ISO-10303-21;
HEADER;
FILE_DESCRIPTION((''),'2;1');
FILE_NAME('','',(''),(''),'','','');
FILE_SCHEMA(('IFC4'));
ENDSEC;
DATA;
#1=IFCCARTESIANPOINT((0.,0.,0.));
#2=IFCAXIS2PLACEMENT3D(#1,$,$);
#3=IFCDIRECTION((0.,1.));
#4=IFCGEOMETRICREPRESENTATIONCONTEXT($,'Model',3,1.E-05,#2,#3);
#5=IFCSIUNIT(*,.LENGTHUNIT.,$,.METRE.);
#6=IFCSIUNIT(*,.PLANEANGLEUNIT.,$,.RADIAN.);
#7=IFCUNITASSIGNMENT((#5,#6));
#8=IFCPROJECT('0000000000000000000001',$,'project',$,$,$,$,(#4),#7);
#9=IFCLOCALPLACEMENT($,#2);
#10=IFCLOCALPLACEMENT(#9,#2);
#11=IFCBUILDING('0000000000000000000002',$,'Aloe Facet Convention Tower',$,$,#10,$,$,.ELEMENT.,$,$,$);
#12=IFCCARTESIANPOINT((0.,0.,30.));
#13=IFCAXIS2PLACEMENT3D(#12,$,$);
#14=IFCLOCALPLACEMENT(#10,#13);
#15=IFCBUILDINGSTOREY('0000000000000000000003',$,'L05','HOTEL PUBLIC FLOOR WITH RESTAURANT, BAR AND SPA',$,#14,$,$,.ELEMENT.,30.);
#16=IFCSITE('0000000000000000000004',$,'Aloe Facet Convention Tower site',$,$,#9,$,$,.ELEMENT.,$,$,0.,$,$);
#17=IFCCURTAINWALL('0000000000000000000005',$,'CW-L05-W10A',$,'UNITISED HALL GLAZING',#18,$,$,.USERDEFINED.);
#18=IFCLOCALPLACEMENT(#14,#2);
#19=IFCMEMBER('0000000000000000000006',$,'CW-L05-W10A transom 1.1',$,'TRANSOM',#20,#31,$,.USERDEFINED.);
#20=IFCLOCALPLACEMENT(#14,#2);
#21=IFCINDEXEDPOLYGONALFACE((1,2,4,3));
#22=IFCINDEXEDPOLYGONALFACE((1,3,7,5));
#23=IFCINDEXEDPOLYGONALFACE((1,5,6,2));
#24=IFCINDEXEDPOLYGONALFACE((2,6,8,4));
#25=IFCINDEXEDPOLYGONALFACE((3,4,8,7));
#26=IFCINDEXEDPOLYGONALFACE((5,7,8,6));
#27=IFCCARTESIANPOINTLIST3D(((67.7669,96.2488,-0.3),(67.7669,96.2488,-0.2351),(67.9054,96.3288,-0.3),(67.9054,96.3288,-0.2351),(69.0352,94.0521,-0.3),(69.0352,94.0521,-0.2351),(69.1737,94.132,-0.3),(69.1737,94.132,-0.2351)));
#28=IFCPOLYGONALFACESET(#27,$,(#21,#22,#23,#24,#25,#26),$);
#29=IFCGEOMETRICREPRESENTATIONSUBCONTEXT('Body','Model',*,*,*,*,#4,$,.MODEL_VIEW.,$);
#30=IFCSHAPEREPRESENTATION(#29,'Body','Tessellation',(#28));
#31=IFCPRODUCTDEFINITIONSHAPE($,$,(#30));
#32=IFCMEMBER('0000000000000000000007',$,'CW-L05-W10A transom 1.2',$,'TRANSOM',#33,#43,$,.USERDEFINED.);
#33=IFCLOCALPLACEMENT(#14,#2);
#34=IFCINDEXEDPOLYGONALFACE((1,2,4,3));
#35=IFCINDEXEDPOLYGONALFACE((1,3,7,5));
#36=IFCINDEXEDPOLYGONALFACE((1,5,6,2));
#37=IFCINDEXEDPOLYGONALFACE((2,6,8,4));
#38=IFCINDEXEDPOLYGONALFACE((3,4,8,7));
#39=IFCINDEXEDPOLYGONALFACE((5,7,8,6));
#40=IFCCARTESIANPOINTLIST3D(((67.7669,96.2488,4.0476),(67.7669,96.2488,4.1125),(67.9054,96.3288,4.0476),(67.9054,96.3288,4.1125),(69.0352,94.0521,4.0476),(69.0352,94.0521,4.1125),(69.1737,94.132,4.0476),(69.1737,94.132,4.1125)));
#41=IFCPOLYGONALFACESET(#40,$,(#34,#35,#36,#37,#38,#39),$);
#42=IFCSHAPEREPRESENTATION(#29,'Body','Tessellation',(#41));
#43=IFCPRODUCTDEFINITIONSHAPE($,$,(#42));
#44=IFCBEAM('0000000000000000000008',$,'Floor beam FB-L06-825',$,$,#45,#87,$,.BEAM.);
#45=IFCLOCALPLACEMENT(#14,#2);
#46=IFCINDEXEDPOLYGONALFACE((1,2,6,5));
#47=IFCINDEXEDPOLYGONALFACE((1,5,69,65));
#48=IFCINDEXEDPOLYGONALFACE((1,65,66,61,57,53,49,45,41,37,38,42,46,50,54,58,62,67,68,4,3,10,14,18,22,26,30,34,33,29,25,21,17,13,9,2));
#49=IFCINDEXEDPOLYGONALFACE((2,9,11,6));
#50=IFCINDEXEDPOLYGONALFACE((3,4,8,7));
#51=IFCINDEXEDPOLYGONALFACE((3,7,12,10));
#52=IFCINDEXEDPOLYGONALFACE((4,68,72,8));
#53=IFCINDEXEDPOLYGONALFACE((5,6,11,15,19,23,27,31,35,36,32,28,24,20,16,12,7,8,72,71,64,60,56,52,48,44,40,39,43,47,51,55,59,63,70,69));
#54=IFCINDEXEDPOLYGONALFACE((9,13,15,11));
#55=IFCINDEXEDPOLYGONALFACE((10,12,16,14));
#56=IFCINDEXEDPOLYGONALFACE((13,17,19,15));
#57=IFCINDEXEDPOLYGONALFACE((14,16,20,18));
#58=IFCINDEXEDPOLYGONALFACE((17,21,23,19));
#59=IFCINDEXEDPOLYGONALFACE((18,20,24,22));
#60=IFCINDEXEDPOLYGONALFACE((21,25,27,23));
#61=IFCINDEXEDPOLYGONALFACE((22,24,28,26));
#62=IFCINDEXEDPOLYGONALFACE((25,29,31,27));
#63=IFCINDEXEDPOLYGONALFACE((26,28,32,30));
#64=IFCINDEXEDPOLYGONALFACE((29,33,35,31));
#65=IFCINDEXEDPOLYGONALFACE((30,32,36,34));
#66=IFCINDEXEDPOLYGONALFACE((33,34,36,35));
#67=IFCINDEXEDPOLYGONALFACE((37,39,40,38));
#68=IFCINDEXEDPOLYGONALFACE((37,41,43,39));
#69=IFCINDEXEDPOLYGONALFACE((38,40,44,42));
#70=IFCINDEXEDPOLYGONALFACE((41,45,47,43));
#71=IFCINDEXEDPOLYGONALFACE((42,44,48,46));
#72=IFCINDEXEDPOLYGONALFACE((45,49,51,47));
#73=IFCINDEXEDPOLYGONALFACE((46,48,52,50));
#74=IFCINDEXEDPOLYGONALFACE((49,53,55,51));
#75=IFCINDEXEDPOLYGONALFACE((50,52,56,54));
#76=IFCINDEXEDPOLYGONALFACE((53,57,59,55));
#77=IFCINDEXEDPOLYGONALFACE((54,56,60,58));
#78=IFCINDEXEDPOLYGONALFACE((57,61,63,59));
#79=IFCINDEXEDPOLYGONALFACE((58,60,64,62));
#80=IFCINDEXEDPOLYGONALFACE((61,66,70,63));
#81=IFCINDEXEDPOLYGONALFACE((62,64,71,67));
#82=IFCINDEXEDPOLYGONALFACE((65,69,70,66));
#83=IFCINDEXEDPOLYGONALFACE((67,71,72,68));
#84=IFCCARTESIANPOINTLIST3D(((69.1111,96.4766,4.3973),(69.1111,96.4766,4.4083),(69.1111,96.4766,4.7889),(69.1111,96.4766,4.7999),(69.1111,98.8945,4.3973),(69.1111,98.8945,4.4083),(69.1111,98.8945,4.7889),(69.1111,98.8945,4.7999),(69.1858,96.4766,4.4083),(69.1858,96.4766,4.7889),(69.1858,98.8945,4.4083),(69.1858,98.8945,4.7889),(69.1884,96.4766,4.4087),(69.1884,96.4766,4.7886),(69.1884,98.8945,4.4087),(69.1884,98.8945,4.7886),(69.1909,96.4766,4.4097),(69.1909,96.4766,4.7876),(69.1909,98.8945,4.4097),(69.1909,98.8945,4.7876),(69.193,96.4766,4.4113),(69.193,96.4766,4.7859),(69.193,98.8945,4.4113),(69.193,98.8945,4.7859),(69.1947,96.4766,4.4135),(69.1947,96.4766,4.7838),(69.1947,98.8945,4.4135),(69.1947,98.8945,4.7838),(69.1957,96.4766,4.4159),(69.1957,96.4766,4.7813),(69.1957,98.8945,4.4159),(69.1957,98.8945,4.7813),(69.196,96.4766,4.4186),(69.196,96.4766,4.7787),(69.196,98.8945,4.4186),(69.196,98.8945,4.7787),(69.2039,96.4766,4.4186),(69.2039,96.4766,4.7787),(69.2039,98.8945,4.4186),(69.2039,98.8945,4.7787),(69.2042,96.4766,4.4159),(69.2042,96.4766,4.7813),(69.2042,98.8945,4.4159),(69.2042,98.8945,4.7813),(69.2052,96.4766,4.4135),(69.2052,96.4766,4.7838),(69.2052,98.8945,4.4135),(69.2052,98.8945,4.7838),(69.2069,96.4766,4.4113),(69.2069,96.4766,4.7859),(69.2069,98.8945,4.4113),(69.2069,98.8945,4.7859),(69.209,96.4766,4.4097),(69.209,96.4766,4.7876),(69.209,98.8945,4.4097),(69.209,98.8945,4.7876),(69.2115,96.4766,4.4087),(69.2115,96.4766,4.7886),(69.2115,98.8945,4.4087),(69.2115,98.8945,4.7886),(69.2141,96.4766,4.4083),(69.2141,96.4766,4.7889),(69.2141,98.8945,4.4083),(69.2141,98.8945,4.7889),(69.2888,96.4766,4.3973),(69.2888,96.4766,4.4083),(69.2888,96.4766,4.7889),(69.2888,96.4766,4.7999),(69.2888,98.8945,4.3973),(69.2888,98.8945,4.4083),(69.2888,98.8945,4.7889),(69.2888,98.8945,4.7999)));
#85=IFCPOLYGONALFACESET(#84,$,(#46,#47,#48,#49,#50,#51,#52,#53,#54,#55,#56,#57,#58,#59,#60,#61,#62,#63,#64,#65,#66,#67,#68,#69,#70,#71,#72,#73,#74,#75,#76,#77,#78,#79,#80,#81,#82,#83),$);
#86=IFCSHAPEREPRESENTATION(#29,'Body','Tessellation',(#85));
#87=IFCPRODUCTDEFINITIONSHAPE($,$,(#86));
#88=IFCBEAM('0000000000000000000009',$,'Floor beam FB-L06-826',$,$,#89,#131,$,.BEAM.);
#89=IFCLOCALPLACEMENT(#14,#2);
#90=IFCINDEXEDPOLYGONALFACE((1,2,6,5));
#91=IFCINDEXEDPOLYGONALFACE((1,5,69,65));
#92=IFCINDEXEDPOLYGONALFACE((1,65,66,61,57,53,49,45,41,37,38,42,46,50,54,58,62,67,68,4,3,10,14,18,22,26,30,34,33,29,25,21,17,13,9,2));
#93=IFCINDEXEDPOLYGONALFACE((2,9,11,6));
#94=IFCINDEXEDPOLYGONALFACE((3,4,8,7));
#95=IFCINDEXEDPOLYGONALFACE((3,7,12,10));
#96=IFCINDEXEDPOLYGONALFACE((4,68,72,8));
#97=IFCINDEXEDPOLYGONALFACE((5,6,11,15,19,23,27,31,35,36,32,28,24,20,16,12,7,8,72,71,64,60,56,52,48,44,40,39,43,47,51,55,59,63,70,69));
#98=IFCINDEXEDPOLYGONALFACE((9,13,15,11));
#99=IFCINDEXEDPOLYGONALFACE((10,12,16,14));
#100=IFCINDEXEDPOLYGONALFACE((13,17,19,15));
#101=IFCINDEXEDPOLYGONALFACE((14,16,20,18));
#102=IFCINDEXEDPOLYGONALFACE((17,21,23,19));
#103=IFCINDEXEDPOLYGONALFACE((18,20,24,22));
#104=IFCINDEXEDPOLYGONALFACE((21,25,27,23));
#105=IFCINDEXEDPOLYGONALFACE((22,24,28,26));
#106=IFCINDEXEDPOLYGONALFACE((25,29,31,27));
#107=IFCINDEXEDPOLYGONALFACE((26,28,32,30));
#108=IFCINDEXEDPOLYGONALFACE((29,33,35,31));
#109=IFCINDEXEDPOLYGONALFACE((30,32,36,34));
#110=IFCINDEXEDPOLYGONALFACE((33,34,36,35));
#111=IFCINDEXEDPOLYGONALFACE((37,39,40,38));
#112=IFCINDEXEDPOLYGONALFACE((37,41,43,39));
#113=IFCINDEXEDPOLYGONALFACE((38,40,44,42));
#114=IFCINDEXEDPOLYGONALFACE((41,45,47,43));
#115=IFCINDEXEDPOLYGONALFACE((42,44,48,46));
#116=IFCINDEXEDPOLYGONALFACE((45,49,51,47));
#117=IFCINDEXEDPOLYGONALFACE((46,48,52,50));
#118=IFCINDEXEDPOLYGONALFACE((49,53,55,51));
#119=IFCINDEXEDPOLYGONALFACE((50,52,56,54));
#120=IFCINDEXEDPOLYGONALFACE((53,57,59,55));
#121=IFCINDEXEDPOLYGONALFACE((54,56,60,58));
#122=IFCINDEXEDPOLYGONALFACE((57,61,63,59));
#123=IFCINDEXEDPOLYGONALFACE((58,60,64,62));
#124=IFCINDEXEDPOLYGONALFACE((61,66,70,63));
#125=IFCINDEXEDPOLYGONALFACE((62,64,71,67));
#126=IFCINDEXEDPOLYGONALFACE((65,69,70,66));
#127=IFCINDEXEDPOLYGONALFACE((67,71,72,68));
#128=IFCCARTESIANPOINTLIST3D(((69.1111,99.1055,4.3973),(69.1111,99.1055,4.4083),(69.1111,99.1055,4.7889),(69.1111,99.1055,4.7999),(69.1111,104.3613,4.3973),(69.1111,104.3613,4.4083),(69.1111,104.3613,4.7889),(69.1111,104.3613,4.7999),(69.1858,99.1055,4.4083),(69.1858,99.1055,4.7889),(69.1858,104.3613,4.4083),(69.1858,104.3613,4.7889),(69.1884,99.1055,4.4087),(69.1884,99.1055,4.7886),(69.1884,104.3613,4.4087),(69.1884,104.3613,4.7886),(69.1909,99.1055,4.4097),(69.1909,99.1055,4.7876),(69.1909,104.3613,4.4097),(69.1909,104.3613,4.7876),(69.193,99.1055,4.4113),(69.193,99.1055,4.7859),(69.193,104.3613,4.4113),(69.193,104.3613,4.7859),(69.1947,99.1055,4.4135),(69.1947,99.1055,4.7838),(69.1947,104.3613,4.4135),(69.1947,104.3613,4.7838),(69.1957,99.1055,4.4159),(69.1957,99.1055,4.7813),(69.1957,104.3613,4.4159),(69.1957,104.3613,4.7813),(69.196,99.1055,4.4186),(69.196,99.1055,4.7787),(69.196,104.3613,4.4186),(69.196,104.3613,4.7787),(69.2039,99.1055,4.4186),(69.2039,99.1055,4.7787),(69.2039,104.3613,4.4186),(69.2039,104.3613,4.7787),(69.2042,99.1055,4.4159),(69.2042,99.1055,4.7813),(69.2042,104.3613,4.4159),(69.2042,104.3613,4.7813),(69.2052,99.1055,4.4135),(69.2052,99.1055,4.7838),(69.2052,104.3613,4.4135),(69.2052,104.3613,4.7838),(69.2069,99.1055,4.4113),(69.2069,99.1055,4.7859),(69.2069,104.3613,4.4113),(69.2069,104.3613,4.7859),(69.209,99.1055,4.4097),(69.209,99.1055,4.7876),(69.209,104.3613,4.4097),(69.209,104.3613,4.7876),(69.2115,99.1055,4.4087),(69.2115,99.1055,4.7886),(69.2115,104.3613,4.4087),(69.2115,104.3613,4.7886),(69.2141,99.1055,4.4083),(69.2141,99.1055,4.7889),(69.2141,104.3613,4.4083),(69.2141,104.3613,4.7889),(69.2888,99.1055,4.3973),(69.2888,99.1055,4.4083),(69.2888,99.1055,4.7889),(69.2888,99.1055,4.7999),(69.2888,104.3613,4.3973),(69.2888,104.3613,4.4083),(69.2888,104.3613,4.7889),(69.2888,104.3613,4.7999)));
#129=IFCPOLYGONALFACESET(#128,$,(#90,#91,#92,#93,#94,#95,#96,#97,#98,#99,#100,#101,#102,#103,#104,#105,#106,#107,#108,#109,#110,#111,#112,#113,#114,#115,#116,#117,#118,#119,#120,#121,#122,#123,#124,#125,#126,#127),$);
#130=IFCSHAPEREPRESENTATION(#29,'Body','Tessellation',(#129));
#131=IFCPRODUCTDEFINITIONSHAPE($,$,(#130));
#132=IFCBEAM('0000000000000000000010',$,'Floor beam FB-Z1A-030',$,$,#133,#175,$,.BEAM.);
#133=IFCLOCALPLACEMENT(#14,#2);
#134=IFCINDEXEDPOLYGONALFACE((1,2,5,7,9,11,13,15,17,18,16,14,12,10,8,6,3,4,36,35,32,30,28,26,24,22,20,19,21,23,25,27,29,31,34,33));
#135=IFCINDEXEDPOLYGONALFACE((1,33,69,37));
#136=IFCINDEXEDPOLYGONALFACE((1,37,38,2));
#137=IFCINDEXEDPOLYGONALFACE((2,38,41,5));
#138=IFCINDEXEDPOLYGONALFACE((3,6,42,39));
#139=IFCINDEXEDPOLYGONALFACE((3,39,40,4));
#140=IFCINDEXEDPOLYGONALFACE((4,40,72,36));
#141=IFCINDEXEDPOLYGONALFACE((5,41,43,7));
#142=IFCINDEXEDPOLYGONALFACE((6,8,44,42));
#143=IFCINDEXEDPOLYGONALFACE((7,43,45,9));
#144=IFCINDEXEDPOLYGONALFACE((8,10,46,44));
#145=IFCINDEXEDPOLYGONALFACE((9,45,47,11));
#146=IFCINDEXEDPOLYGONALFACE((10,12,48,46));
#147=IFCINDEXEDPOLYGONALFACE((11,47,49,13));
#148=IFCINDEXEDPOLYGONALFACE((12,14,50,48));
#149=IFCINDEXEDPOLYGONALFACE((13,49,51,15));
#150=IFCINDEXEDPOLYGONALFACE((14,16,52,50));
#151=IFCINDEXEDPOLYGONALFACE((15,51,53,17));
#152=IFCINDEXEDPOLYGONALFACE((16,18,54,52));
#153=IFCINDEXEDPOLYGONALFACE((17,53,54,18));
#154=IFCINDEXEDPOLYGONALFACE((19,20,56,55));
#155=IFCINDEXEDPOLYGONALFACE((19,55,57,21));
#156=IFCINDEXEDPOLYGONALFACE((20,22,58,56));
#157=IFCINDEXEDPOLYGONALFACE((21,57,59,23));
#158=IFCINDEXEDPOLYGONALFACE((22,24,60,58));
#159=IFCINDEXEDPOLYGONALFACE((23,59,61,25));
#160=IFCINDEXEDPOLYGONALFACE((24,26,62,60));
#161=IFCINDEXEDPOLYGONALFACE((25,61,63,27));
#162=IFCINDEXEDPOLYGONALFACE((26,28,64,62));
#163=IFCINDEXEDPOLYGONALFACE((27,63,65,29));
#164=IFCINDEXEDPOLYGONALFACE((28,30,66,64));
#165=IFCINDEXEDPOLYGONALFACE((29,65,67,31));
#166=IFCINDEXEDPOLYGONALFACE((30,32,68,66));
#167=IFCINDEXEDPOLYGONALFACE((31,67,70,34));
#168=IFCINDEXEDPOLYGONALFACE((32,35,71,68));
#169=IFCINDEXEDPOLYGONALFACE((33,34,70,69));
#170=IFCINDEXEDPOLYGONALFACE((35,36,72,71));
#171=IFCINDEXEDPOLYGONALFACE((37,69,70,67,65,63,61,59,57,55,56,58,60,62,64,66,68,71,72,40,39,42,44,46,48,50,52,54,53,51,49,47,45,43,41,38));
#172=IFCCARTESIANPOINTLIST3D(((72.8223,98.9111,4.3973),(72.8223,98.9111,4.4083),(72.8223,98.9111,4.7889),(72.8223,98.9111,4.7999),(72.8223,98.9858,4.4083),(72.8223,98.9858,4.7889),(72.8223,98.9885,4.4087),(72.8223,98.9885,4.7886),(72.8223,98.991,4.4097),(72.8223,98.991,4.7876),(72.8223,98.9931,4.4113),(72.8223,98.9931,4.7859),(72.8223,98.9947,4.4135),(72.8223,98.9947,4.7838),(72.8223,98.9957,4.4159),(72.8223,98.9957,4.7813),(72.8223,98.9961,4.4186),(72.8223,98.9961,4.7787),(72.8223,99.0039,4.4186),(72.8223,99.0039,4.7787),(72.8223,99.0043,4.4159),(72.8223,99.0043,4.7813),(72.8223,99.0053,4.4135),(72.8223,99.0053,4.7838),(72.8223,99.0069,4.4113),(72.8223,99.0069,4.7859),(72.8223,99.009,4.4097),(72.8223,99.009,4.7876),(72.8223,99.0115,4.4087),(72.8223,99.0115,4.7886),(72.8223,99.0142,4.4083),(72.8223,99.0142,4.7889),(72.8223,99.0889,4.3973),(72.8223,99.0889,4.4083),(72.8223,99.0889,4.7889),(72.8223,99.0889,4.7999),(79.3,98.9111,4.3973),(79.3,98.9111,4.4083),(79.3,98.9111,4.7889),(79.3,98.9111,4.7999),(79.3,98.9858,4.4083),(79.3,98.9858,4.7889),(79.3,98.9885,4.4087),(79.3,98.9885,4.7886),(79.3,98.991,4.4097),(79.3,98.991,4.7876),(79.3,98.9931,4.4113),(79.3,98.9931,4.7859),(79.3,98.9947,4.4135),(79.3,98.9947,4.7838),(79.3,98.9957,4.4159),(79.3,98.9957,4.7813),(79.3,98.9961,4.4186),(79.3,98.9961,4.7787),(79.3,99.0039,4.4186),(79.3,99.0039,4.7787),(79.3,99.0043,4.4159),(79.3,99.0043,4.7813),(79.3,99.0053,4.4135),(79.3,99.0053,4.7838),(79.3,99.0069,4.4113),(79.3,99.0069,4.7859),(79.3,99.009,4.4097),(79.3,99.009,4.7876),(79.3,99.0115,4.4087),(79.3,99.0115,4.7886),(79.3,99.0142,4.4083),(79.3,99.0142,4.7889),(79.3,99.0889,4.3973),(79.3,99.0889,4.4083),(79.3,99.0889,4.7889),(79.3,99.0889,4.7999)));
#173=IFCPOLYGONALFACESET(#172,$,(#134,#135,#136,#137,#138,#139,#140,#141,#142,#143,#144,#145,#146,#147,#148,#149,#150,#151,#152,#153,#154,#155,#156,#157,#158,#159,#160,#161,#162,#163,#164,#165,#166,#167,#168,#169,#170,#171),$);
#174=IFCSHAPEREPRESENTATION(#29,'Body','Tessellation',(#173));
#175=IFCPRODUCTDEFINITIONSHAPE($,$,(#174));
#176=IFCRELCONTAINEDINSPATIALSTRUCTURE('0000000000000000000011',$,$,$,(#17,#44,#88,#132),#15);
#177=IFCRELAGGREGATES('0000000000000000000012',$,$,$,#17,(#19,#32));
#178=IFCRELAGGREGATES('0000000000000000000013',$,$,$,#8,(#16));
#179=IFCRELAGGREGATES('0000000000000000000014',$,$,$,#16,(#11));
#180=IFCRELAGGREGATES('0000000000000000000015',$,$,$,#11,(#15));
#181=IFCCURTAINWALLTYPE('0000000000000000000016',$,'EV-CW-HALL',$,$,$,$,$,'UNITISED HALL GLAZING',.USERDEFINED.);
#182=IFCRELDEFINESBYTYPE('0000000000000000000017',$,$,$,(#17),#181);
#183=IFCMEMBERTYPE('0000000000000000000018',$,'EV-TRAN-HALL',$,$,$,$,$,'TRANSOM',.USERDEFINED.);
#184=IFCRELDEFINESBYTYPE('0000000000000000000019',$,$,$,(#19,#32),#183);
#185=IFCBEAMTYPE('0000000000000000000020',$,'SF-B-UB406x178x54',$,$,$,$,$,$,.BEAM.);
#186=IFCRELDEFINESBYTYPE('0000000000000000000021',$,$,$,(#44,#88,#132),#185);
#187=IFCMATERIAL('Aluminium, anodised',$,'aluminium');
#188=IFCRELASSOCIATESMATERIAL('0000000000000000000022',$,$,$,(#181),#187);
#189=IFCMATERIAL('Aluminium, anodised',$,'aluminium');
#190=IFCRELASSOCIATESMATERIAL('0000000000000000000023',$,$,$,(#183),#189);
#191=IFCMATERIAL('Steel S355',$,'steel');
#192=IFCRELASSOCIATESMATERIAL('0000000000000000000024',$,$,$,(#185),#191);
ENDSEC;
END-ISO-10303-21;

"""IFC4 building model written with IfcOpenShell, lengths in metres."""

from ifc_helpers import new_model, si_unit, direction, frame, origin, origin_2d, place, context, subcontext, project, spatial, rectangle, i_section, extrude, material, material_profile, profile_set, type_object, element, aggregate, save


model = new_model("IFC4")

# Units and contexts
model_context = context("Model", 3, precision=1e-05, world=origin(), true_north=direction((0.0, 1.0)))
body_context = subcontext(model_context, "Body", "Model", "MODEL_VIEW")
ifc_project = project(units=[si_unit("LENGTHUNIT", "METRE"), si_unit("PLANEANGLEUNIT", "RADIAN")], contexts=[model_context])

# Site, building, storey
site_placement = place(None, origin())
site = spatial("IfcSite", under=ifc_project, at=site_placement, Name="Aloe Facet Convention Tower site", CompositionType="ELEMENT", RefElevation=0.0)
building_placement = place(site_placement, origin())
building = spatial("IfcBuilding", under=site, at=building_placement, Name="Aloe Facet Convention Tower", CompositionType="ELEMENT")
storey_placement = place(building_placement, frame((0.0, 0.0, 30.0)))
storey = spatial("IfcBuildingStorey", under=building, at=storey_placement, Name="L05", Description="HOTEL PUBLIC FLOOR WITH RESTAURANT, BAR AND SPA", CompositionType="ELEMENT", Elevation=30.0)

# Curtain wall
ifc_material_1 = material(Name="Aluminium, anodised", Category="aluminium")
curtain_wall_type = type_object("IfcCurtainWallType", Name="EV-CW-HALL", ElementType="UNITISED HALL GLAZING", PredefinedType="USERDEFINED", material=ifc_material_1)
curtain_wall_1_placement = place(storey_placement, origin())
curtain_wall_1 = element("IfcCurtainWall", 1, at=curtain_wall_1_placement, inside=storey, type_object=curtain_wall_type, Name="CW-L05-W10A", ObjectType="UNITISED HALL GLAZING", PredefinedType="USERDEFINED")

# Members
ifc_material_2 = material(Name="Aluminium, anodised", Category="aluminium")
ifc_material_profile_1 = material_profile(ifc_material_2, rectangle(XDim=0.1599, YDim=0.0649, at=origin_2d()), Name="AL 160x65")
ifc_profile_set_1 = profile_set([ifc_material_profile_1], Name="Aluminium, anodised")
member_type_1 = type_object("IfcMemberType", Name="EV-TRAN-HALL", ElementType="TRANSOM", PredefinedType="USERDEFINED", material=ifc_profile_set_1)
member_1_placement = place(storey_placement, frame((67.8362, 96.2888, -0.2676), z_axis=(0.5, -0.866025, 0.0), x_axis=(0.866025, 0.5, 0.0)))
member_1 = element("IfcMember", 2, at=member_1_placement, type_object=member_type_1, Name="CW-L05-W10A transom 1.1", ObjectType="TRANSOM", PredefinedType="USERDEFINED", context=body_context, shape_type="SweptSolid", body=[
    extrude(rectangle(XDim=0.1599, YDim=0.0649, at=origin_2d()), origin(), (0.0, 0.0, 1.0), 2.5366),
])
member_2_placement = place(storey_placement, frame((67.8362, 96.2888, 4.0801), z_axis=(0.5, -0.866025, 0.0), x_axis=(0.866025, 0.5, 0.0)))
member_2 = element("IfcMember", 3, at=member_2_placement, type_object=member_type_1, Name="CW-L05-W10A transom 1.2", ObjectType="TRANSOM", PredefinedType="USERDEFINED", context=body_context, shape_type="SweptSolid", body=[
    extrude(rectangle(XDim=0.1599, YDim=0.0649, at=origin_2d()), origin(), (0.0, 0.0, 1.0), 2.5366),
])

# Beams
ifc_material_3 = material(Name="Steel S355", Category="steel")
ifc_material_profile_2 = material_profile(ifc_material_3, i_section(OverallWidth=0.1777, OverallDepth=0.4026, WebThickness=0.0078, FlangeThickness=0.011, FilletRadius=0.0103, at=origin_2d()), Name="UB 406x178x54")
ifc_profile_set_2 = profile_set([ifc_material_profile_2], Name="Steel S355")
beam_type_1 = type_object("IfcBeamType", Name="SF-B-UB406x178x54", PredefinedType="BEAM", material=ifc_profile_set_2)
beam_1_placement = place(storey_placement, frame((69.2, 96.4766, 4.5986), z_axis=(0.0, 1.0, 0.0), x_axis=(-1.0, 0.0, 0.0)))
element("IfcBeam", 4, at=beam_1_placement, inside=storey, type_object=beam_type_1, Name="Floor beam FB-L06-825", PredefinedType="BEAM", context=body_context, shape_type="SweptSolid", body=[
    extrude(i_section(OverallWidth=0.1777, OverallDepth=0.4026, WebThickness=0.0078, FlangeThickness=0.011, FilletRadius=0.0103, at=origin_2d()), origin(), (0.0, 0.0, 1.0), 2.418),
])
beam_2_placement = place(storey_placement, frame((69.2, 99.1055, 4.5986), z_axis=(0.0, 1.0, 0.0), x_axis=(-1.0, 0.0, 0.0)))
element("IfcBeam", 5, at=beam_2_placement, inside=storey, type_object=beam_type_1, Name="Floor beam FB-L06-826", PredefinedType="BEAM", context=body_context, shape_type="SweptSolid", body=[
    extrude(i_section(OverallWidth=0.1777, OverallDepth=0.4026, WebThickness=0.0078, FlangeThickness=0.011, FilletRadius=0.0103, at=origin_2d()), origin(), (0.0, 0.0, 1.0), 5.2559),
])
beam_3_placement = place(storey_placement, frame((72.8223, 99.0, 4.5986), z_axis=(1.0, 0.0, 0.0), x_axis=(0.0, 1.0, 0.0)))
element("IfcBeam", 6, at=beam_3_placement, inside=storey, type_object=beam_type_1, Name="Floor beam FB-Z1A-030", PredefinedType="BEAM", context=body_context, shape_type="SweptSolid", body=[
    extrude(i_section(OverallWidth=0.1777, OverallDepth=0.4026, WebThickness=0.0078, FlangeThickness=0.011, FilletRadius=0.0103, at=origin_2d()), origin(), (0.0, 0.0, 1.0), 6.4778),
])

aggregate(curtain_wall_1, [member_1, member_2])

save(model, "model.ifc")
